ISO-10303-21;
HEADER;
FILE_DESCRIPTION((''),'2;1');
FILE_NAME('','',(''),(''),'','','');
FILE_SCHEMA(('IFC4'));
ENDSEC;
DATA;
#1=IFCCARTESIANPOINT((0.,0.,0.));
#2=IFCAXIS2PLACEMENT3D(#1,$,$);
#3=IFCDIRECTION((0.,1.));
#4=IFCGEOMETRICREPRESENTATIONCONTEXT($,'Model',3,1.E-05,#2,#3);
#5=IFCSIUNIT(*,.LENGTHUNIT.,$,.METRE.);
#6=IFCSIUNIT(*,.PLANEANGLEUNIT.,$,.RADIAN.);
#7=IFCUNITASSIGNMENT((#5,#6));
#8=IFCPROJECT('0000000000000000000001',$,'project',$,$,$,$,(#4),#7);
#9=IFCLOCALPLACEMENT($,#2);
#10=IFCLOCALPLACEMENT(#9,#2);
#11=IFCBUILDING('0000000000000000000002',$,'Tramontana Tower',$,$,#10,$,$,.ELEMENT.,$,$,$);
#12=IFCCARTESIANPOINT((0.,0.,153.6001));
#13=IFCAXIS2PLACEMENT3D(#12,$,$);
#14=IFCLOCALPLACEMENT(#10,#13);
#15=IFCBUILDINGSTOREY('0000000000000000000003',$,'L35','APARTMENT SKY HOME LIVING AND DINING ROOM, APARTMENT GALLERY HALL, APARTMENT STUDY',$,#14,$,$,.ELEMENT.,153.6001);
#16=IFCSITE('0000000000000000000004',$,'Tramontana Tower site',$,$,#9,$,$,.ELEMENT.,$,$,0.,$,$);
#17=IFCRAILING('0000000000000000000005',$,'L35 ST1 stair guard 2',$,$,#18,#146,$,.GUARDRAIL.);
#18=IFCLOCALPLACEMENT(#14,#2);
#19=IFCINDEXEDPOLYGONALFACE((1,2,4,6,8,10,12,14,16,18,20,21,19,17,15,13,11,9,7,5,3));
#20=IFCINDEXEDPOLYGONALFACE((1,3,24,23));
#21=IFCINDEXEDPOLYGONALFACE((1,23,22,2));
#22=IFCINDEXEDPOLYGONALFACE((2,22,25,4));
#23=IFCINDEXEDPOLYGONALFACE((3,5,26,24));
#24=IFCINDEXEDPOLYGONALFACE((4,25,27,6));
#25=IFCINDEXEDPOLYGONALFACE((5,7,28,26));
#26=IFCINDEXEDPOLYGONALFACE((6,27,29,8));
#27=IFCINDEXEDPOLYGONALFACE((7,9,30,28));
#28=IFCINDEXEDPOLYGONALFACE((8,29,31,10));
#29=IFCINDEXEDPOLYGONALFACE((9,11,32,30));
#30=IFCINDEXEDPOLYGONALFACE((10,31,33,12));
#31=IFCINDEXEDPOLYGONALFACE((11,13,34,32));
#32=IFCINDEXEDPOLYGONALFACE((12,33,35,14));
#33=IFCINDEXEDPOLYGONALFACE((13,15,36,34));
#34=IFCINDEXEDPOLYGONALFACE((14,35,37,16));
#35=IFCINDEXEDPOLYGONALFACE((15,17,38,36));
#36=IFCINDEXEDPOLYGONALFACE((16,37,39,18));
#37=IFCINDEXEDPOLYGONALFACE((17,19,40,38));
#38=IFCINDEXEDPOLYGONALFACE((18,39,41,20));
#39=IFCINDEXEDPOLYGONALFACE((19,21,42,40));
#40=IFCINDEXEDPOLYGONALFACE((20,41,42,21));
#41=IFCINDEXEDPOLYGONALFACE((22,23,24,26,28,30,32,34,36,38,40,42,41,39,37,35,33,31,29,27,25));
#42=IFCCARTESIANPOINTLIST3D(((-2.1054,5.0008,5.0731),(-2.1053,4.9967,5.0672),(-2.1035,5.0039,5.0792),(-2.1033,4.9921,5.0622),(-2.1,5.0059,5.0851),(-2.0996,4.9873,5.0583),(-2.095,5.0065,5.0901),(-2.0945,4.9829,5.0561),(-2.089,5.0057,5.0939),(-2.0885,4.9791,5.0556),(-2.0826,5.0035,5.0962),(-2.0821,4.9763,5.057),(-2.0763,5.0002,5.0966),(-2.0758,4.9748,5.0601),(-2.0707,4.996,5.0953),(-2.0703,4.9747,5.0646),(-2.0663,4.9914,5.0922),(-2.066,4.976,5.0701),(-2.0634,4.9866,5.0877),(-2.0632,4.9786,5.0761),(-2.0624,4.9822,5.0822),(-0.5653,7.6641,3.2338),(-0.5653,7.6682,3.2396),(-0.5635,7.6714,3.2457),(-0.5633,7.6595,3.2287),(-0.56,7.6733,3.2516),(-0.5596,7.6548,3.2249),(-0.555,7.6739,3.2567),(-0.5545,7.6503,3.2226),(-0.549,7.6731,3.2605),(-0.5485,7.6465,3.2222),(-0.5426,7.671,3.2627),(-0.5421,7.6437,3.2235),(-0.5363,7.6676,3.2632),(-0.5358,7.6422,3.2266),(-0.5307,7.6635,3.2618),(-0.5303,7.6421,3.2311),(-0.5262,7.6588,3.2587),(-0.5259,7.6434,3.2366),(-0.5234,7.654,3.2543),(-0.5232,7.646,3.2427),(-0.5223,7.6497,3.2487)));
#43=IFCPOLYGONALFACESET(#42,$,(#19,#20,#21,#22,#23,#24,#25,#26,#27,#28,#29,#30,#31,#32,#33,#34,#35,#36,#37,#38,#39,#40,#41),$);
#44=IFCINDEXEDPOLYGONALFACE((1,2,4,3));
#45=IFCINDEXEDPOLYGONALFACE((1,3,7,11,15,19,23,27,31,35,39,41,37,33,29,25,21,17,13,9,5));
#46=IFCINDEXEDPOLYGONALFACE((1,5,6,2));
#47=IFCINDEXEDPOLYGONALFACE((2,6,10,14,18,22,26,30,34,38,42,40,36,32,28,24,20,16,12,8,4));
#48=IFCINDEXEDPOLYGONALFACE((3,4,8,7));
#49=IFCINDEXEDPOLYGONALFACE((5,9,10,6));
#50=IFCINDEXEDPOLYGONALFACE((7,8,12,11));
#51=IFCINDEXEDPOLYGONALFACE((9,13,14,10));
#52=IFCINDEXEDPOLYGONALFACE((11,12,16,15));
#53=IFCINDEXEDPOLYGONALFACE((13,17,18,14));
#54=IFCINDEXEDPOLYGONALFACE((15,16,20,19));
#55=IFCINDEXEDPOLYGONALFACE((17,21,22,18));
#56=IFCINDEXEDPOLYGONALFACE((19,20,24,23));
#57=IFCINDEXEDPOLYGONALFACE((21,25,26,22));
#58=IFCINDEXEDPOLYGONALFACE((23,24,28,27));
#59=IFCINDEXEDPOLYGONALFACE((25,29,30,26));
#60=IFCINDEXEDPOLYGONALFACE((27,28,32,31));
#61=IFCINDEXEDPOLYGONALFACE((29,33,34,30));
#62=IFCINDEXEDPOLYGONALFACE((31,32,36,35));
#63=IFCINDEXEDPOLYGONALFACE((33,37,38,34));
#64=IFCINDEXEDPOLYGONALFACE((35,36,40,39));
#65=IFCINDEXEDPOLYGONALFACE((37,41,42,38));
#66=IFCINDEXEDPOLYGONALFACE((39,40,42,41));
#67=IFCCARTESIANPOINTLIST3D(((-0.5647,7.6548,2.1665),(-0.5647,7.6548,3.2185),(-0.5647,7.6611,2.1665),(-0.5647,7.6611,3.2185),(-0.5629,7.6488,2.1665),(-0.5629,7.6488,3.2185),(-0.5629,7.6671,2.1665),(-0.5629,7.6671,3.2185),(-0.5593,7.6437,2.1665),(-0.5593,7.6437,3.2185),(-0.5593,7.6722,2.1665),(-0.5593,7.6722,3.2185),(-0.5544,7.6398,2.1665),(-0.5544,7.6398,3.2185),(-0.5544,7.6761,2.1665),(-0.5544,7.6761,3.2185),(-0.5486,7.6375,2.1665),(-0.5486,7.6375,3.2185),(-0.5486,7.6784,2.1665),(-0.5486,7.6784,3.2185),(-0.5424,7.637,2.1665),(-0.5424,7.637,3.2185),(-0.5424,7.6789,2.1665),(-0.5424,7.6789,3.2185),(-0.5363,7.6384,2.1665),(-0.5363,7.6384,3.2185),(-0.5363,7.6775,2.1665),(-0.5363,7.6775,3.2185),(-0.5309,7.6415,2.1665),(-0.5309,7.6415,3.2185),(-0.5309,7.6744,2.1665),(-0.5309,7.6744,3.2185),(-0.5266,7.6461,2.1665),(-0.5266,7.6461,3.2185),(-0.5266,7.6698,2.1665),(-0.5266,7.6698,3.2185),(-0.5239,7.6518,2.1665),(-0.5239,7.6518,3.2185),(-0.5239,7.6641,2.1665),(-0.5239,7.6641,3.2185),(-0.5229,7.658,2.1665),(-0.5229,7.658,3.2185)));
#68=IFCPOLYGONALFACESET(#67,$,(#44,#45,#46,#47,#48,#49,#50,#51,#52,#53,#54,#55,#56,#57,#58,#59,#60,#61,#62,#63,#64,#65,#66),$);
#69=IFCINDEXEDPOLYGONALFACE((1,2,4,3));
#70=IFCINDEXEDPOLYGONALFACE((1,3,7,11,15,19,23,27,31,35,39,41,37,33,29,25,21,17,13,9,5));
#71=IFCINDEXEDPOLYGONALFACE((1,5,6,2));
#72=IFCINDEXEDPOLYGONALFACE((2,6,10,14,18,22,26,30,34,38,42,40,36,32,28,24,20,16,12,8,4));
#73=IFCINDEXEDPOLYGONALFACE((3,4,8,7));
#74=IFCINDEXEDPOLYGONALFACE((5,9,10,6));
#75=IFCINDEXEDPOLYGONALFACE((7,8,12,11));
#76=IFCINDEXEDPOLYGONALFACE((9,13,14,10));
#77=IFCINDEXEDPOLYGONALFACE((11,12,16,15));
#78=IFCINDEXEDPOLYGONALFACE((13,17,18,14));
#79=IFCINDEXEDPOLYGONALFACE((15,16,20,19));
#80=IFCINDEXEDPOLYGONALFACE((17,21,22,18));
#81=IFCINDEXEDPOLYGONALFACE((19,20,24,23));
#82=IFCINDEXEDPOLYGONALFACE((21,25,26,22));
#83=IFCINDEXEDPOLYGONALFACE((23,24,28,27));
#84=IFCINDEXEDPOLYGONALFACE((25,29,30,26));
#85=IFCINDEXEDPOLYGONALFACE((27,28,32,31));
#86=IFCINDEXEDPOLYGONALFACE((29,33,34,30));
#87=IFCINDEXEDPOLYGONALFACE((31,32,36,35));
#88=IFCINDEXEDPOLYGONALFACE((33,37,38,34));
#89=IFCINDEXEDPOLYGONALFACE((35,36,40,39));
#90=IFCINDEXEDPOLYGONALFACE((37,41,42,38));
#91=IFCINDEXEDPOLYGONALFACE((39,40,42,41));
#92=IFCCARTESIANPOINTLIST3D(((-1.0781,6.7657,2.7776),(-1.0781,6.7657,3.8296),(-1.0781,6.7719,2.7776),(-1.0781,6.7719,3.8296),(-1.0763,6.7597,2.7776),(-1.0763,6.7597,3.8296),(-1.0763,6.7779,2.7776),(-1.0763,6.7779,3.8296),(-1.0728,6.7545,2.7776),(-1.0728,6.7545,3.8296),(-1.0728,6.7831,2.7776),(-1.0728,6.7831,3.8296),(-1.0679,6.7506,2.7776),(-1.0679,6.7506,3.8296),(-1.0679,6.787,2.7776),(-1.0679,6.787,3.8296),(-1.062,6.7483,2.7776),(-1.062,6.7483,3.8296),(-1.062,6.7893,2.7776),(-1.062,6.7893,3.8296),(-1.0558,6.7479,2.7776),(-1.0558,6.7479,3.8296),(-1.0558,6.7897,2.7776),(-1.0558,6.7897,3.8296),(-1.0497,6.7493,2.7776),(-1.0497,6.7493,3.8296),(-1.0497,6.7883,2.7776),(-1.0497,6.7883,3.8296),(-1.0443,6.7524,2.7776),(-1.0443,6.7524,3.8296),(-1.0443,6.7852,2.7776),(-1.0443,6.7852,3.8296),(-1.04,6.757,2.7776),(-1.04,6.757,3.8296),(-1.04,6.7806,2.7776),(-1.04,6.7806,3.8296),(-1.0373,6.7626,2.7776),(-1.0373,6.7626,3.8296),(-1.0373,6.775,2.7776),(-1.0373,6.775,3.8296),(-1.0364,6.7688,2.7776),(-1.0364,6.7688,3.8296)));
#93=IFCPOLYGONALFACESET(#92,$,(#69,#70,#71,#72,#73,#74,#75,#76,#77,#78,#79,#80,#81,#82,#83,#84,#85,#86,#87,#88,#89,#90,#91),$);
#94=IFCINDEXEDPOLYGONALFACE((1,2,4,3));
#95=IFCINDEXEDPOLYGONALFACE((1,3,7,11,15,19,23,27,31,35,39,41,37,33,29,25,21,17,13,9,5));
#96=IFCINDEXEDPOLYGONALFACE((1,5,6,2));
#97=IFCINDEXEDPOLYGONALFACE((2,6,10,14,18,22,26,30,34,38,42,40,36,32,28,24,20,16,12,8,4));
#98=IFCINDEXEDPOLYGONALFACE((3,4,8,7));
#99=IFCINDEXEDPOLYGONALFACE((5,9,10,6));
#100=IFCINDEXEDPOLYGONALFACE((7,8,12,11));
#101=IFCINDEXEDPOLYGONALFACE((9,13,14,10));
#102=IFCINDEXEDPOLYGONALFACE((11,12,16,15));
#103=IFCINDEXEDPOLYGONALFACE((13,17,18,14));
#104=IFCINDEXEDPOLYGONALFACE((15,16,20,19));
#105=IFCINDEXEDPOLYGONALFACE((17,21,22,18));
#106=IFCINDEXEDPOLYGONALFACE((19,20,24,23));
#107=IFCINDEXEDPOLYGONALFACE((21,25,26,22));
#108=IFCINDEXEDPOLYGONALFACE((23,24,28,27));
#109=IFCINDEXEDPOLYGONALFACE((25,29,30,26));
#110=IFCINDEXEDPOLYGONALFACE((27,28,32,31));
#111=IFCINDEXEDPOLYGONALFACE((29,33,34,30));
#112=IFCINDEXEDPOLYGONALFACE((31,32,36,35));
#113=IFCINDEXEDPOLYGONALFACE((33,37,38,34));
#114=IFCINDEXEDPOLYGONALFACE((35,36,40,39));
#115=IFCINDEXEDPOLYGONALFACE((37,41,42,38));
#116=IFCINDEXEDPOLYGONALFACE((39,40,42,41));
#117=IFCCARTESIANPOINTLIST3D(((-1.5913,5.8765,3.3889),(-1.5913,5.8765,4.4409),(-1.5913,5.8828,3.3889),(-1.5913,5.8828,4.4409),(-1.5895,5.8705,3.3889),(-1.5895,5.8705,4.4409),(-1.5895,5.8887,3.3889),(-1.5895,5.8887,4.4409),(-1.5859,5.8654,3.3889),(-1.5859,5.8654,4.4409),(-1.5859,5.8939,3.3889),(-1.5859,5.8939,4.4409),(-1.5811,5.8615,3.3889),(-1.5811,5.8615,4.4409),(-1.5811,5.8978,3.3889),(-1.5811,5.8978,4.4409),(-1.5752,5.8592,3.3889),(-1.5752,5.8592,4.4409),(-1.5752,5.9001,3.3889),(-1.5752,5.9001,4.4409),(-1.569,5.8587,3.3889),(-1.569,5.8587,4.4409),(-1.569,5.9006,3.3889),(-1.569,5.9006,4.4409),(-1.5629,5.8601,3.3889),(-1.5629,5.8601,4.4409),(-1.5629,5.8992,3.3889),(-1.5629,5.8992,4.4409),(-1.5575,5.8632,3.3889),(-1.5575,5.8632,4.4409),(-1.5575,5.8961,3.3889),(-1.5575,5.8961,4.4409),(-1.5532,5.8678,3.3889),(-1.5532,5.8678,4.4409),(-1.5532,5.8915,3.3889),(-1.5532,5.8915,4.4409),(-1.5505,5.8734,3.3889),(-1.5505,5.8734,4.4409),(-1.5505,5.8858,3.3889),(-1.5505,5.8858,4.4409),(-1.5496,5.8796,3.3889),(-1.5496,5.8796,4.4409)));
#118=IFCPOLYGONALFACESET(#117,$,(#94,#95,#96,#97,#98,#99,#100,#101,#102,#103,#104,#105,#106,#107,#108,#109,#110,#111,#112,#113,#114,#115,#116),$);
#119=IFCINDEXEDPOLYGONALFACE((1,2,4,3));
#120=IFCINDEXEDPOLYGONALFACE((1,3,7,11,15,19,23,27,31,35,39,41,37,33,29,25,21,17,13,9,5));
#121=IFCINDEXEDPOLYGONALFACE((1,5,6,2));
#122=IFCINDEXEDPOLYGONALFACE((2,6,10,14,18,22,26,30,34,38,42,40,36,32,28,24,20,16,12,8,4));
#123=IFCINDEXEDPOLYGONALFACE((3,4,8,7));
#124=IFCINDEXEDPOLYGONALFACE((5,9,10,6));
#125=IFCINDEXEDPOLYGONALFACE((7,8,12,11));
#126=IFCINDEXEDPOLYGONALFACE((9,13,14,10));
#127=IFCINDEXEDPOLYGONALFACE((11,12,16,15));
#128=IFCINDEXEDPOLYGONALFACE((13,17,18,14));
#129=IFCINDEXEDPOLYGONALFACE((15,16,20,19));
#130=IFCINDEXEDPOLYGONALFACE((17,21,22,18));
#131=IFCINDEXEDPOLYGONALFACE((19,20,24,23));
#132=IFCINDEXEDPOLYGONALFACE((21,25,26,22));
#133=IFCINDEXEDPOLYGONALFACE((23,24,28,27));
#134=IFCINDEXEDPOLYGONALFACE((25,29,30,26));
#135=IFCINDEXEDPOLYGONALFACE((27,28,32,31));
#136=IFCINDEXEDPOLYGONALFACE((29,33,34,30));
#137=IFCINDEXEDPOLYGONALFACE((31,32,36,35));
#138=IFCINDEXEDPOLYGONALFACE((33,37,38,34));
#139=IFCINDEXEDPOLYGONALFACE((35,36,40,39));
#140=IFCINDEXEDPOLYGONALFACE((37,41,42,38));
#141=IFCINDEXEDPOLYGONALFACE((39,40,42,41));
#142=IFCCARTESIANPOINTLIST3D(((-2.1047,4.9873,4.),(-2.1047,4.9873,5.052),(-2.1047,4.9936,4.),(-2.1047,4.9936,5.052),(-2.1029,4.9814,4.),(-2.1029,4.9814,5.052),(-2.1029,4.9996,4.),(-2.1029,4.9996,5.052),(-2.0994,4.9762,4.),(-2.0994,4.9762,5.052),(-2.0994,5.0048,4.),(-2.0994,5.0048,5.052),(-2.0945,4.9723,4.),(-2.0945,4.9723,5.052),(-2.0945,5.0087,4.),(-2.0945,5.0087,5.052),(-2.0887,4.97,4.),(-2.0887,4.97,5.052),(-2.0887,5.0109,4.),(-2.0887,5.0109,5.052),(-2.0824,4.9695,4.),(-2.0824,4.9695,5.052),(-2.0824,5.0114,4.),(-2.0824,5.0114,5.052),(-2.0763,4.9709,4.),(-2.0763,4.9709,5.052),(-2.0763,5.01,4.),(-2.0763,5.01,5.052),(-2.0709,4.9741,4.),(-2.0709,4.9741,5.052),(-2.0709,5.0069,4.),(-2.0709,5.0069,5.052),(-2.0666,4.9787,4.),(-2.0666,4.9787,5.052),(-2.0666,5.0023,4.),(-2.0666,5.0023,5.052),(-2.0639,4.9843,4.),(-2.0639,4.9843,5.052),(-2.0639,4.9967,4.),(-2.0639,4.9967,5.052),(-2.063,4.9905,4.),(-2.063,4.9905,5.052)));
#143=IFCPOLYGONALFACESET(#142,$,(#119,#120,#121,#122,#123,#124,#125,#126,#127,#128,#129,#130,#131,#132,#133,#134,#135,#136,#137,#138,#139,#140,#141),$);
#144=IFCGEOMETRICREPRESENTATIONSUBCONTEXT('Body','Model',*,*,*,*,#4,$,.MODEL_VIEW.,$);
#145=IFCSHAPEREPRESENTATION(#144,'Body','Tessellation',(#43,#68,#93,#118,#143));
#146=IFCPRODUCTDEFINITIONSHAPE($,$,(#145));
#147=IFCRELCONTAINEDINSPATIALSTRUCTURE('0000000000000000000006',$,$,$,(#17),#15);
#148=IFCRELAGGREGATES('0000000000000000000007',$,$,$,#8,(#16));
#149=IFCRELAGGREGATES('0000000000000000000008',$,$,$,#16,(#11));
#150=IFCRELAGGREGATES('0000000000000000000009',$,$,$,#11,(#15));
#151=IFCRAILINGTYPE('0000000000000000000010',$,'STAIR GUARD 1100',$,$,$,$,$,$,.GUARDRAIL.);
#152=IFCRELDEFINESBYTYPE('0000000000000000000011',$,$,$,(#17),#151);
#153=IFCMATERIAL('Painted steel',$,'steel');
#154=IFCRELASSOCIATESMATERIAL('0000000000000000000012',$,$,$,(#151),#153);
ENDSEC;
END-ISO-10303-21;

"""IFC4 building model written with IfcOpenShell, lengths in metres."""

from ifc_helpers import new_model, si_unit, direction, frame, origin, origin_2d, place, context, subcontext, project, spatial, circle, extrude, material, type_object, element, save


model = new_model("IFC4")

# Units and contexts
model_context = context("Model", 3, precision=1e-05, world=origin(), true_north=direction((0.0, 1.0)))
body_context = subcontext(model_context, "Body", "Model", "MODEL_VIEW")
ifc_project = project(units=[si_unit("LENGTHUNIT", "METRE"), si_unit("PLANEANGLEUNIT", "RADIAN")], contexts=[model_context])

# Site, building, storey
site_placement = place(None, origin())
site = spatial("IfcSite", under=ifc_project, at=site_placement, Name="Tramontana Tower site", CompositionType="ELEMENT", RefElevation=0.0)
building_placement = place(site_placement, origin())
building = spatial("IfcBuilding", under=site, at=building_placement, Name="Tramontana Tower", CompositionType="ELEMENT")
storey_placement = place(building_placement, frame((0.0, 0.0, 153.6001)))
storey = spatial("IfcBuildingStorey", under=building, at=storey_placement, Name="L35", Description="APARTMENT SKY HOME LIVING AND DINING ROOM, APARTMENT GALLERY HALL, APARTMENT STUDY", CompositionType="ELEMENT", Elevation=153.6001)

# Railing
ifc_material_1 = material(Name="Painted steel", Category="steel")
railing_type_1 = type_object("IfcRailingType", Name="STAIR GUARD 1100", PredefinedType="GUARDRAIL", material=ifc_material_1)
railing_1_placement = place(storey_placement, frame((-0.5439, 7.658, 2.1665)))
element("IfcRailing", 1, at=railing_1_placement, inside=storey, type_object=railing_type_1, Name="L35 ST1 stair guard 2", PredefinedType="GUARDRAIL", context=body_context, shape_type="SweptSolid", body=[
    extrude(circle(Radius=0.0239, at=origin_2d()), frame((0.0, 0.0, 1.0762), z_axis=(-0.429634, -0.744164, 0.511502), x_axis=(0.86603, -0.499992, 0.0)), (0.0, 0.0, 1.0), 3.5845),
    extrude(circle(Radius=0.021, at=origin_2d()), origin(), (0.0, 0.0, 1.0), 1.052),
    extrude(circle(Radius=0.021, at=origin_2d()), frame((-0.5134, -0.8892, 0.6111)), (0.0, 0.0, 1.0), 1.052),
    extrude(circle(Radius=0.021, at=origin_2d()), frame((-1.0266, -1.7783, 1.2224)), (0.0, 0.0, 1.0), 1.052),
    extrude(circle(Radius=0.021, at=origin_2d()), frame((-1.54, -2.6675, 1.8335)), (0.0, 0.0, 1.0), 1.052),
])

save(model, "model.ifc")
